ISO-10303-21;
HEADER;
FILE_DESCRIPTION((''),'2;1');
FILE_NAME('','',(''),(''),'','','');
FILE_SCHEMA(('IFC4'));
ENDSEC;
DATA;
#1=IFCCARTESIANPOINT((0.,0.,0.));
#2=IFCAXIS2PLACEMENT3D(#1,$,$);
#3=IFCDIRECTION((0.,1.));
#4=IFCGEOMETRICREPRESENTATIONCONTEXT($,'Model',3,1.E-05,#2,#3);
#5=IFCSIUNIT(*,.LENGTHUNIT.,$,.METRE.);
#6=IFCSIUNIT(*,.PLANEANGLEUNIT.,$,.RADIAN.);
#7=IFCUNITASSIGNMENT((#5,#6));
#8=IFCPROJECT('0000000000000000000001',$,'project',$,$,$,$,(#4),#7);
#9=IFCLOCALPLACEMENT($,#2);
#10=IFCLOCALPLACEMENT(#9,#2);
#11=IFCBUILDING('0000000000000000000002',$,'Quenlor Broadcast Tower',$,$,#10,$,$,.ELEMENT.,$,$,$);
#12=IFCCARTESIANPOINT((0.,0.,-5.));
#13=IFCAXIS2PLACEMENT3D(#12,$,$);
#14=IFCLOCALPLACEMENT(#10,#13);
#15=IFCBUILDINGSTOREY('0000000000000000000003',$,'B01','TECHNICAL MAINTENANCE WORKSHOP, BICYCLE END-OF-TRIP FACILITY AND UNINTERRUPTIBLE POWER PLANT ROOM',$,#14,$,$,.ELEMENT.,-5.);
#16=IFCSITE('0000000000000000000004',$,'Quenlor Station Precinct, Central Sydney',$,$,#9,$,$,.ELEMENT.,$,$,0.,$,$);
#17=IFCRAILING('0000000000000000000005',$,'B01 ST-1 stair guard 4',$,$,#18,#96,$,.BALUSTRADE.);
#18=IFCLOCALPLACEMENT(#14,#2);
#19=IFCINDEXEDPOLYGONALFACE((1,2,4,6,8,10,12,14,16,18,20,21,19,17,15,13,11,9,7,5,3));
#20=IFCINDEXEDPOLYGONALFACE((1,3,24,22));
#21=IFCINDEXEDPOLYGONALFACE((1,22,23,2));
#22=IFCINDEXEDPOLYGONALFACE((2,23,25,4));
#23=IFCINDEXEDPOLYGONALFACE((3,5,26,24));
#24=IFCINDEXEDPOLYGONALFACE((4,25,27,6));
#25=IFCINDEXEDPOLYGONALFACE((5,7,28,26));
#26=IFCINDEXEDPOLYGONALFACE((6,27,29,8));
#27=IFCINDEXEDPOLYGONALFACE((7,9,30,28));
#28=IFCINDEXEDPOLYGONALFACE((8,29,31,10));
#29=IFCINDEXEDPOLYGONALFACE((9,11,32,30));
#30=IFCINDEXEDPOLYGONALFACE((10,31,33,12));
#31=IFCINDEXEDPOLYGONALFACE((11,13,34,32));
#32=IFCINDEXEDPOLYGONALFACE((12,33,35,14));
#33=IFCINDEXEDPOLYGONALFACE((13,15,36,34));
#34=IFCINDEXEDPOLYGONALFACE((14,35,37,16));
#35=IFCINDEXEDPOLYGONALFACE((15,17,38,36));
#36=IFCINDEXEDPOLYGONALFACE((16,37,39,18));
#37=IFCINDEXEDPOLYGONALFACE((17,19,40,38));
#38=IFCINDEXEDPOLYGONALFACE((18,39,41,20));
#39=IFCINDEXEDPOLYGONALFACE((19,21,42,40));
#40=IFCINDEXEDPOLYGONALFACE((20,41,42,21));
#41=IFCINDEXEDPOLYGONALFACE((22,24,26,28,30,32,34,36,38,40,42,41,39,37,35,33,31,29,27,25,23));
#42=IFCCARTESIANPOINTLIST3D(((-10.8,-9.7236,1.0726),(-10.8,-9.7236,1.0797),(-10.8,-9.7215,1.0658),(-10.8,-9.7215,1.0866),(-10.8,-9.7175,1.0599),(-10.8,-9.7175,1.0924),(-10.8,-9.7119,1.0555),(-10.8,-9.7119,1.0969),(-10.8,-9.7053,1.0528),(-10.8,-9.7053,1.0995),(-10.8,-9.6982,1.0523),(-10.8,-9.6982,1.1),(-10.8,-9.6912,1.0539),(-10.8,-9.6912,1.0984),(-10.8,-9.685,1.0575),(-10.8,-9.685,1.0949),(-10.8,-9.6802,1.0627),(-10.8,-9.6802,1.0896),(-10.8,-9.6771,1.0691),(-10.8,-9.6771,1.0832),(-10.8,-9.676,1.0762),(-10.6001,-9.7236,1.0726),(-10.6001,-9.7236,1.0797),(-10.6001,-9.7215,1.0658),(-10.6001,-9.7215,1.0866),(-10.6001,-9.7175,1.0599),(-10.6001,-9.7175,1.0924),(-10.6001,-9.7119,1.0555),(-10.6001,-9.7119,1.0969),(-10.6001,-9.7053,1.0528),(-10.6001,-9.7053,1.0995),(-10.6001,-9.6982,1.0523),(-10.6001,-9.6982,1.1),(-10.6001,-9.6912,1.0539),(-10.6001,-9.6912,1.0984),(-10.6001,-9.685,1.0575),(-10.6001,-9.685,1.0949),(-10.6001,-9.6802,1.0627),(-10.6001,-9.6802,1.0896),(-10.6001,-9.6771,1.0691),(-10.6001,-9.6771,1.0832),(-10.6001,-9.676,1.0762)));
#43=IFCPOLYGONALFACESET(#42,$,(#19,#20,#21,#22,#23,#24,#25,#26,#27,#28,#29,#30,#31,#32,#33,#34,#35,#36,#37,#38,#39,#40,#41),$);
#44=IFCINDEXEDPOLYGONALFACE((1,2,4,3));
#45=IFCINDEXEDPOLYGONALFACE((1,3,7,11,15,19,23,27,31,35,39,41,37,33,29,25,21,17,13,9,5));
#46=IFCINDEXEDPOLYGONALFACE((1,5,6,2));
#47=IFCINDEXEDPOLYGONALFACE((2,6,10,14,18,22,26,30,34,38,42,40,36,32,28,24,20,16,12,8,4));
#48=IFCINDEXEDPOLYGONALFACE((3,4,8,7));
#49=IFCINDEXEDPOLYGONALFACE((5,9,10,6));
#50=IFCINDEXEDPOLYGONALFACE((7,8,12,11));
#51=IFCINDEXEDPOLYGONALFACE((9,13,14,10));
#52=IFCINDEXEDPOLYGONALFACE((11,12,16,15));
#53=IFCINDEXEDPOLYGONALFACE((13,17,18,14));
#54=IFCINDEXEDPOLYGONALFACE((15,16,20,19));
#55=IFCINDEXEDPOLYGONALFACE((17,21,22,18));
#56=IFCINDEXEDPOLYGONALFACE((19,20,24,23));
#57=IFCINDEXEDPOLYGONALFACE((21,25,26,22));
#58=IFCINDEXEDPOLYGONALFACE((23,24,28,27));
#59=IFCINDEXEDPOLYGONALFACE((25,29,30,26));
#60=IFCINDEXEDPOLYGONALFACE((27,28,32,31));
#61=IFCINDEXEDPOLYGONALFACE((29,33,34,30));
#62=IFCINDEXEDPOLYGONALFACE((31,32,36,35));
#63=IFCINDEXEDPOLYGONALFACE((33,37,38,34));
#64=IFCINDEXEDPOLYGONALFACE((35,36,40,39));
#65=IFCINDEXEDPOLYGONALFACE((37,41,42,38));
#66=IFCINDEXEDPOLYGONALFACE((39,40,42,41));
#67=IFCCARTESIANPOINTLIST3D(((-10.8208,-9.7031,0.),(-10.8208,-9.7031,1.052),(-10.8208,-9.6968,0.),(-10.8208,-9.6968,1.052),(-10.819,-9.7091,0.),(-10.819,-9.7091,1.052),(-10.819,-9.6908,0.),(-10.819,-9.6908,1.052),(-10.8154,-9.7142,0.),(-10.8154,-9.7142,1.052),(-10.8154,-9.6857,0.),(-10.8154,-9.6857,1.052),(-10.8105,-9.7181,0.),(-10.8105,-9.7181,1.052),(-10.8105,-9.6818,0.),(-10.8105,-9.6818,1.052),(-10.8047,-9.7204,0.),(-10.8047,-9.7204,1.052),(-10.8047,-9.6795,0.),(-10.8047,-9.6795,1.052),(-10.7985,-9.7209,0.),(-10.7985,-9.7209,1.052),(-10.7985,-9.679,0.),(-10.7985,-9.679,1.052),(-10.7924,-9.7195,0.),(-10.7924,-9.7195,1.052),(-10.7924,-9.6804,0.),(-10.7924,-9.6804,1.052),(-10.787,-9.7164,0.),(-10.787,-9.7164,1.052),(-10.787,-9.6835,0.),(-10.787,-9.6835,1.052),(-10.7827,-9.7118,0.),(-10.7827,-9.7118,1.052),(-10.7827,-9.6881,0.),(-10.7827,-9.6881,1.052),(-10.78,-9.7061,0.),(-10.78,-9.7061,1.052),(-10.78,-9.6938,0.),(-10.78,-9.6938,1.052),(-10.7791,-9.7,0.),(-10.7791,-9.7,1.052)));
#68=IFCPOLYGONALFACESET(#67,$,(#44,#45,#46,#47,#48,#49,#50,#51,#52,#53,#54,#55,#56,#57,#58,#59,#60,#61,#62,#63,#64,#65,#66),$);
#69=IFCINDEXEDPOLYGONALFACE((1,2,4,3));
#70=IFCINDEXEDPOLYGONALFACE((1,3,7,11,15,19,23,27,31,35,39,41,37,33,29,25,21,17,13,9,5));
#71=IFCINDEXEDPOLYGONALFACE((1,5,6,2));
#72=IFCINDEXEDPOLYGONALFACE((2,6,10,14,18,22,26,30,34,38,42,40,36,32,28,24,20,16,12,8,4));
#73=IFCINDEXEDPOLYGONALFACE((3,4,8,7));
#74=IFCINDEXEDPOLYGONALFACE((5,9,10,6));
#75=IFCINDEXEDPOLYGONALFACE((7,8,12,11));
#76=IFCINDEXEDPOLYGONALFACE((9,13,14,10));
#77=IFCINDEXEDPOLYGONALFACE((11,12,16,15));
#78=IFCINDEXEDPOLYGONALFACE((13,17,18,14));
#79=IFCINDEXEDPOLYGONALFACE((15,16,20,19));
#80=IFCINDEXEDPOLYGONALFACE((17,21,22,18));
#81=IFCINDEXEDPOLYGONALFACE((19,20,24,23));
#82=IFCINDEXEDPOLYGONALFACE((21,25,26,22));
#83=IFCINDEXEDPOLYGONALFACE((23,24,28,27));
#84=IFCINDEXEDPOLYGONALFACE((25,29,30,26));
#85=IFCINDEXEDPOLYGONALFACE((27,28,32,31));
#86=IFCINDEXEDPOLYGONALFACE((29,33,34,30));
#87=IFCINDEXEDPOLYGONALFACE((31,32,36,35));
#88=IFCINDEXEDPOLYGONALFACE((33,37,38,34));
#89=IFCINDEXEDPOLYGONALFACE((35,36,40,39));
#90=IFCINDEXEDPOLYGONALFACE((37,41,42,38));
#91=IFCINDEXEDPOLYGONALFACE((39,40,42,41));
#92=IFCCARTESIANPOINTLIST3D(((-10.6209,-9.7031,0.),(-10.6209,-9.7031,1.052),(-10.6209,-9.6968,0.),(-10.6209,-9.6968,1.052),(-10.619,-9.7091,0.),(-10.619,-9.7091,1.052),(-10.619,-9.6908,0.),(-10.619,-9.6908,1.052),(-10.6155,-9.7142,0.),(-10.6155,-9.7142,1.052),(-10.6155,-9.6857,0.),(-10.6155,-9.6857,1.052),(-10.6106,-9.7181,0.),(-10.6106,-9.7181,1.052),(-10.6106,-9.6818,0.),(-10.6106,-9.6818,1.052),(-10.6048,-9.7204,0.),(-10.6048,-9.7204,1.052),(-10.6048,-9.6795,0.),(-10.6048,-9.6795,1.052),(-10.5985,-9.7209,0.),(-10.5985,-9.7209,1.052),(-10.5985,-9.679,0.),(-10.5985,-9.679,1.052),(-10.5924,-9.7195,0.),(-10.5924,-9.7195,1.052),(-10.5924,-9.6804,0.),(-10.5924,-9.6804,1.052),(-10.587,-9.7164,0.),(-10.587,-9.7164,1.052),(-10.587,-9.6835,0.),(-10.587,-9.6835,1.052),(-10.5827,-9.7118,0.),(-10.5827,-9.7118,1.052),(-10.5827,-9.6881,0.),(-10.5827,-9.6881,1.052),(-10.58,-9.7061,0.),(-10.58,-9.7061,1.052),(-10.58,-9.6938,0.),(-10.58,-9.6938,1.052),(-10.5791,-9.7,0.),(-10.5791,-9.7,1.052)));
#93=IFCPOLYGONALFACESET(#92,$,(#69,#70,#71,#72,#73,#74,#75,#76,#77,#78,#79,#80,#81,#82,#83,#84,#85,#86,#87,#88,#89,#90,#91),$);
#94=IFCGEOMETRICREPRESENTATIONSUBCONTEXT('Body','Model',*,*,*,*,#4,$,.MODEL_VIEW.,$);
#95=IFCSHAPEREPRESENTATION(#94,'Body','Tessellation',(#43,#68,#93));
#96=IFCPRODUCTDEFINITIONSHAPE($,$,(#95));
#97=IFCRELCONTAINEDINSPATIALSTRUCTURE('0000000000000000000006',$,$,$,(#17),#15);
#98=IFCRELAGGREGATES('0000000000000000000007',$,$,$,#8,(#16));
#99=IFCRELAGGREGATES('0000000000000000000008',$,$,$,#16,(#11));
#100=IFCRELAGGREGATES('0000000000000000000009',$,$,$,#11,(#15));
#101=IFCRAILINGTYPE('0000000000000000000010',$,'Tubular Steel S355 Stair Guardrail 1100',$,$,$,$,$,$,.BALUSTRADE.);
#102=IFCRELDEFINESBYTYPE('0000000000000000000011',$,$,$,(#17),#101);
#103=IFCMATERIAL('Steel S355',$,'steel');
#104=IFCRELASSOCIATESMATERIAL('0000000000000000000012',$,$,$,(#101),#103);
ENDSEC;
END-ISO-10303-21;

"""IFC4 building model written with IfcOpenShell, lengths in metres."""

from ifc_helpers import new_model, si_unit, direction, frame, origin, origin_2d, place, context, subcontext, project, spatial, circle, extrude, material, type_object, element, save


model = new_model("IFC4")

# Units and contexts
model_context = context("Model", 3, precision=1e-05, world=origin(), true_north=direction((0.0, 1.0)))
body_context = subcontext(model_context, "Body", "Model", "MODEL_VIEW")
ifc_project = project(units=[si_unit("LENGTHUNIT", "METRE"), si_unit("PLANEANGLEUNIT", "RADIAN")], contexts=[model_context])

# Site, building, storey
site_placement = place(None, origin())
site = spatial("IfcSite", under=ifc_project, at=site_placement, Name="Quenlor Station Precinct, Central Sydney", CompositionType="ELEMENT", RefElevation=0.0)
building_placement = place(site_placement, origin())
building = spatial("IfcBuilding", under=site, at=building_placement, Name="Quenlor Broadcast Tower", CompositionType="ELEMENT")
storey_placement = place(building_placement, frame((0.0, 0.0, -5.0)))
storey = spatial("IfcBuildingStorey", under=building, at=storey_placement, Name="B01", Description="TECHNICAL MAINTENANCE WORKSHOP, BICYCLE END-OF-TRIP FACILITY AND UNINTERRUPTIBLE POWER PLANT ROOM", CompositionType="ELEMENT", Elevation=-5.0)

# Railing
ifc_material_1 = material(Name="Steel S355", Category="steel")
railing_type_1 = type_object("IfcRailingType", Name="Tubular Steel S355 Stair Guardrail 1100", PredefinedType="BALUSTRADE", material=ifc_material_1)
railing_1_placement = place(storey_placement, frame((-10.8, -9.7, 0.0)))
element("IfcRailing", 1, at=railing_1_placement, inside=storey, type_object=railing_type_1, Name="B01 ST-1 stair guard 4", PredefinedType="BALUSTRADE", context=body_context, shape_type="SweptSolid", body=[
    extrude(circle(Radius=0.0239, at=origin_2d()), frame((0.0, 0.0, 1.0762), z_axis=(1.0, 0.0, 0.0), x_axis=(0.0, 1.0, 0.0)), (0.0, 0.0, 1.0), 0.2),
    extrude(circle(Radius=0.021, at=origin_2d()), origin(), (0.0, 0.0, 1.0), 1.052),
    extrude(circle(Radius=0.021, at=origin_2d()), frame((0.2, 0.0, 0.0)), (0.0, 0.0, 1.0), 1.052),
])

save(model, "model.ifc")
